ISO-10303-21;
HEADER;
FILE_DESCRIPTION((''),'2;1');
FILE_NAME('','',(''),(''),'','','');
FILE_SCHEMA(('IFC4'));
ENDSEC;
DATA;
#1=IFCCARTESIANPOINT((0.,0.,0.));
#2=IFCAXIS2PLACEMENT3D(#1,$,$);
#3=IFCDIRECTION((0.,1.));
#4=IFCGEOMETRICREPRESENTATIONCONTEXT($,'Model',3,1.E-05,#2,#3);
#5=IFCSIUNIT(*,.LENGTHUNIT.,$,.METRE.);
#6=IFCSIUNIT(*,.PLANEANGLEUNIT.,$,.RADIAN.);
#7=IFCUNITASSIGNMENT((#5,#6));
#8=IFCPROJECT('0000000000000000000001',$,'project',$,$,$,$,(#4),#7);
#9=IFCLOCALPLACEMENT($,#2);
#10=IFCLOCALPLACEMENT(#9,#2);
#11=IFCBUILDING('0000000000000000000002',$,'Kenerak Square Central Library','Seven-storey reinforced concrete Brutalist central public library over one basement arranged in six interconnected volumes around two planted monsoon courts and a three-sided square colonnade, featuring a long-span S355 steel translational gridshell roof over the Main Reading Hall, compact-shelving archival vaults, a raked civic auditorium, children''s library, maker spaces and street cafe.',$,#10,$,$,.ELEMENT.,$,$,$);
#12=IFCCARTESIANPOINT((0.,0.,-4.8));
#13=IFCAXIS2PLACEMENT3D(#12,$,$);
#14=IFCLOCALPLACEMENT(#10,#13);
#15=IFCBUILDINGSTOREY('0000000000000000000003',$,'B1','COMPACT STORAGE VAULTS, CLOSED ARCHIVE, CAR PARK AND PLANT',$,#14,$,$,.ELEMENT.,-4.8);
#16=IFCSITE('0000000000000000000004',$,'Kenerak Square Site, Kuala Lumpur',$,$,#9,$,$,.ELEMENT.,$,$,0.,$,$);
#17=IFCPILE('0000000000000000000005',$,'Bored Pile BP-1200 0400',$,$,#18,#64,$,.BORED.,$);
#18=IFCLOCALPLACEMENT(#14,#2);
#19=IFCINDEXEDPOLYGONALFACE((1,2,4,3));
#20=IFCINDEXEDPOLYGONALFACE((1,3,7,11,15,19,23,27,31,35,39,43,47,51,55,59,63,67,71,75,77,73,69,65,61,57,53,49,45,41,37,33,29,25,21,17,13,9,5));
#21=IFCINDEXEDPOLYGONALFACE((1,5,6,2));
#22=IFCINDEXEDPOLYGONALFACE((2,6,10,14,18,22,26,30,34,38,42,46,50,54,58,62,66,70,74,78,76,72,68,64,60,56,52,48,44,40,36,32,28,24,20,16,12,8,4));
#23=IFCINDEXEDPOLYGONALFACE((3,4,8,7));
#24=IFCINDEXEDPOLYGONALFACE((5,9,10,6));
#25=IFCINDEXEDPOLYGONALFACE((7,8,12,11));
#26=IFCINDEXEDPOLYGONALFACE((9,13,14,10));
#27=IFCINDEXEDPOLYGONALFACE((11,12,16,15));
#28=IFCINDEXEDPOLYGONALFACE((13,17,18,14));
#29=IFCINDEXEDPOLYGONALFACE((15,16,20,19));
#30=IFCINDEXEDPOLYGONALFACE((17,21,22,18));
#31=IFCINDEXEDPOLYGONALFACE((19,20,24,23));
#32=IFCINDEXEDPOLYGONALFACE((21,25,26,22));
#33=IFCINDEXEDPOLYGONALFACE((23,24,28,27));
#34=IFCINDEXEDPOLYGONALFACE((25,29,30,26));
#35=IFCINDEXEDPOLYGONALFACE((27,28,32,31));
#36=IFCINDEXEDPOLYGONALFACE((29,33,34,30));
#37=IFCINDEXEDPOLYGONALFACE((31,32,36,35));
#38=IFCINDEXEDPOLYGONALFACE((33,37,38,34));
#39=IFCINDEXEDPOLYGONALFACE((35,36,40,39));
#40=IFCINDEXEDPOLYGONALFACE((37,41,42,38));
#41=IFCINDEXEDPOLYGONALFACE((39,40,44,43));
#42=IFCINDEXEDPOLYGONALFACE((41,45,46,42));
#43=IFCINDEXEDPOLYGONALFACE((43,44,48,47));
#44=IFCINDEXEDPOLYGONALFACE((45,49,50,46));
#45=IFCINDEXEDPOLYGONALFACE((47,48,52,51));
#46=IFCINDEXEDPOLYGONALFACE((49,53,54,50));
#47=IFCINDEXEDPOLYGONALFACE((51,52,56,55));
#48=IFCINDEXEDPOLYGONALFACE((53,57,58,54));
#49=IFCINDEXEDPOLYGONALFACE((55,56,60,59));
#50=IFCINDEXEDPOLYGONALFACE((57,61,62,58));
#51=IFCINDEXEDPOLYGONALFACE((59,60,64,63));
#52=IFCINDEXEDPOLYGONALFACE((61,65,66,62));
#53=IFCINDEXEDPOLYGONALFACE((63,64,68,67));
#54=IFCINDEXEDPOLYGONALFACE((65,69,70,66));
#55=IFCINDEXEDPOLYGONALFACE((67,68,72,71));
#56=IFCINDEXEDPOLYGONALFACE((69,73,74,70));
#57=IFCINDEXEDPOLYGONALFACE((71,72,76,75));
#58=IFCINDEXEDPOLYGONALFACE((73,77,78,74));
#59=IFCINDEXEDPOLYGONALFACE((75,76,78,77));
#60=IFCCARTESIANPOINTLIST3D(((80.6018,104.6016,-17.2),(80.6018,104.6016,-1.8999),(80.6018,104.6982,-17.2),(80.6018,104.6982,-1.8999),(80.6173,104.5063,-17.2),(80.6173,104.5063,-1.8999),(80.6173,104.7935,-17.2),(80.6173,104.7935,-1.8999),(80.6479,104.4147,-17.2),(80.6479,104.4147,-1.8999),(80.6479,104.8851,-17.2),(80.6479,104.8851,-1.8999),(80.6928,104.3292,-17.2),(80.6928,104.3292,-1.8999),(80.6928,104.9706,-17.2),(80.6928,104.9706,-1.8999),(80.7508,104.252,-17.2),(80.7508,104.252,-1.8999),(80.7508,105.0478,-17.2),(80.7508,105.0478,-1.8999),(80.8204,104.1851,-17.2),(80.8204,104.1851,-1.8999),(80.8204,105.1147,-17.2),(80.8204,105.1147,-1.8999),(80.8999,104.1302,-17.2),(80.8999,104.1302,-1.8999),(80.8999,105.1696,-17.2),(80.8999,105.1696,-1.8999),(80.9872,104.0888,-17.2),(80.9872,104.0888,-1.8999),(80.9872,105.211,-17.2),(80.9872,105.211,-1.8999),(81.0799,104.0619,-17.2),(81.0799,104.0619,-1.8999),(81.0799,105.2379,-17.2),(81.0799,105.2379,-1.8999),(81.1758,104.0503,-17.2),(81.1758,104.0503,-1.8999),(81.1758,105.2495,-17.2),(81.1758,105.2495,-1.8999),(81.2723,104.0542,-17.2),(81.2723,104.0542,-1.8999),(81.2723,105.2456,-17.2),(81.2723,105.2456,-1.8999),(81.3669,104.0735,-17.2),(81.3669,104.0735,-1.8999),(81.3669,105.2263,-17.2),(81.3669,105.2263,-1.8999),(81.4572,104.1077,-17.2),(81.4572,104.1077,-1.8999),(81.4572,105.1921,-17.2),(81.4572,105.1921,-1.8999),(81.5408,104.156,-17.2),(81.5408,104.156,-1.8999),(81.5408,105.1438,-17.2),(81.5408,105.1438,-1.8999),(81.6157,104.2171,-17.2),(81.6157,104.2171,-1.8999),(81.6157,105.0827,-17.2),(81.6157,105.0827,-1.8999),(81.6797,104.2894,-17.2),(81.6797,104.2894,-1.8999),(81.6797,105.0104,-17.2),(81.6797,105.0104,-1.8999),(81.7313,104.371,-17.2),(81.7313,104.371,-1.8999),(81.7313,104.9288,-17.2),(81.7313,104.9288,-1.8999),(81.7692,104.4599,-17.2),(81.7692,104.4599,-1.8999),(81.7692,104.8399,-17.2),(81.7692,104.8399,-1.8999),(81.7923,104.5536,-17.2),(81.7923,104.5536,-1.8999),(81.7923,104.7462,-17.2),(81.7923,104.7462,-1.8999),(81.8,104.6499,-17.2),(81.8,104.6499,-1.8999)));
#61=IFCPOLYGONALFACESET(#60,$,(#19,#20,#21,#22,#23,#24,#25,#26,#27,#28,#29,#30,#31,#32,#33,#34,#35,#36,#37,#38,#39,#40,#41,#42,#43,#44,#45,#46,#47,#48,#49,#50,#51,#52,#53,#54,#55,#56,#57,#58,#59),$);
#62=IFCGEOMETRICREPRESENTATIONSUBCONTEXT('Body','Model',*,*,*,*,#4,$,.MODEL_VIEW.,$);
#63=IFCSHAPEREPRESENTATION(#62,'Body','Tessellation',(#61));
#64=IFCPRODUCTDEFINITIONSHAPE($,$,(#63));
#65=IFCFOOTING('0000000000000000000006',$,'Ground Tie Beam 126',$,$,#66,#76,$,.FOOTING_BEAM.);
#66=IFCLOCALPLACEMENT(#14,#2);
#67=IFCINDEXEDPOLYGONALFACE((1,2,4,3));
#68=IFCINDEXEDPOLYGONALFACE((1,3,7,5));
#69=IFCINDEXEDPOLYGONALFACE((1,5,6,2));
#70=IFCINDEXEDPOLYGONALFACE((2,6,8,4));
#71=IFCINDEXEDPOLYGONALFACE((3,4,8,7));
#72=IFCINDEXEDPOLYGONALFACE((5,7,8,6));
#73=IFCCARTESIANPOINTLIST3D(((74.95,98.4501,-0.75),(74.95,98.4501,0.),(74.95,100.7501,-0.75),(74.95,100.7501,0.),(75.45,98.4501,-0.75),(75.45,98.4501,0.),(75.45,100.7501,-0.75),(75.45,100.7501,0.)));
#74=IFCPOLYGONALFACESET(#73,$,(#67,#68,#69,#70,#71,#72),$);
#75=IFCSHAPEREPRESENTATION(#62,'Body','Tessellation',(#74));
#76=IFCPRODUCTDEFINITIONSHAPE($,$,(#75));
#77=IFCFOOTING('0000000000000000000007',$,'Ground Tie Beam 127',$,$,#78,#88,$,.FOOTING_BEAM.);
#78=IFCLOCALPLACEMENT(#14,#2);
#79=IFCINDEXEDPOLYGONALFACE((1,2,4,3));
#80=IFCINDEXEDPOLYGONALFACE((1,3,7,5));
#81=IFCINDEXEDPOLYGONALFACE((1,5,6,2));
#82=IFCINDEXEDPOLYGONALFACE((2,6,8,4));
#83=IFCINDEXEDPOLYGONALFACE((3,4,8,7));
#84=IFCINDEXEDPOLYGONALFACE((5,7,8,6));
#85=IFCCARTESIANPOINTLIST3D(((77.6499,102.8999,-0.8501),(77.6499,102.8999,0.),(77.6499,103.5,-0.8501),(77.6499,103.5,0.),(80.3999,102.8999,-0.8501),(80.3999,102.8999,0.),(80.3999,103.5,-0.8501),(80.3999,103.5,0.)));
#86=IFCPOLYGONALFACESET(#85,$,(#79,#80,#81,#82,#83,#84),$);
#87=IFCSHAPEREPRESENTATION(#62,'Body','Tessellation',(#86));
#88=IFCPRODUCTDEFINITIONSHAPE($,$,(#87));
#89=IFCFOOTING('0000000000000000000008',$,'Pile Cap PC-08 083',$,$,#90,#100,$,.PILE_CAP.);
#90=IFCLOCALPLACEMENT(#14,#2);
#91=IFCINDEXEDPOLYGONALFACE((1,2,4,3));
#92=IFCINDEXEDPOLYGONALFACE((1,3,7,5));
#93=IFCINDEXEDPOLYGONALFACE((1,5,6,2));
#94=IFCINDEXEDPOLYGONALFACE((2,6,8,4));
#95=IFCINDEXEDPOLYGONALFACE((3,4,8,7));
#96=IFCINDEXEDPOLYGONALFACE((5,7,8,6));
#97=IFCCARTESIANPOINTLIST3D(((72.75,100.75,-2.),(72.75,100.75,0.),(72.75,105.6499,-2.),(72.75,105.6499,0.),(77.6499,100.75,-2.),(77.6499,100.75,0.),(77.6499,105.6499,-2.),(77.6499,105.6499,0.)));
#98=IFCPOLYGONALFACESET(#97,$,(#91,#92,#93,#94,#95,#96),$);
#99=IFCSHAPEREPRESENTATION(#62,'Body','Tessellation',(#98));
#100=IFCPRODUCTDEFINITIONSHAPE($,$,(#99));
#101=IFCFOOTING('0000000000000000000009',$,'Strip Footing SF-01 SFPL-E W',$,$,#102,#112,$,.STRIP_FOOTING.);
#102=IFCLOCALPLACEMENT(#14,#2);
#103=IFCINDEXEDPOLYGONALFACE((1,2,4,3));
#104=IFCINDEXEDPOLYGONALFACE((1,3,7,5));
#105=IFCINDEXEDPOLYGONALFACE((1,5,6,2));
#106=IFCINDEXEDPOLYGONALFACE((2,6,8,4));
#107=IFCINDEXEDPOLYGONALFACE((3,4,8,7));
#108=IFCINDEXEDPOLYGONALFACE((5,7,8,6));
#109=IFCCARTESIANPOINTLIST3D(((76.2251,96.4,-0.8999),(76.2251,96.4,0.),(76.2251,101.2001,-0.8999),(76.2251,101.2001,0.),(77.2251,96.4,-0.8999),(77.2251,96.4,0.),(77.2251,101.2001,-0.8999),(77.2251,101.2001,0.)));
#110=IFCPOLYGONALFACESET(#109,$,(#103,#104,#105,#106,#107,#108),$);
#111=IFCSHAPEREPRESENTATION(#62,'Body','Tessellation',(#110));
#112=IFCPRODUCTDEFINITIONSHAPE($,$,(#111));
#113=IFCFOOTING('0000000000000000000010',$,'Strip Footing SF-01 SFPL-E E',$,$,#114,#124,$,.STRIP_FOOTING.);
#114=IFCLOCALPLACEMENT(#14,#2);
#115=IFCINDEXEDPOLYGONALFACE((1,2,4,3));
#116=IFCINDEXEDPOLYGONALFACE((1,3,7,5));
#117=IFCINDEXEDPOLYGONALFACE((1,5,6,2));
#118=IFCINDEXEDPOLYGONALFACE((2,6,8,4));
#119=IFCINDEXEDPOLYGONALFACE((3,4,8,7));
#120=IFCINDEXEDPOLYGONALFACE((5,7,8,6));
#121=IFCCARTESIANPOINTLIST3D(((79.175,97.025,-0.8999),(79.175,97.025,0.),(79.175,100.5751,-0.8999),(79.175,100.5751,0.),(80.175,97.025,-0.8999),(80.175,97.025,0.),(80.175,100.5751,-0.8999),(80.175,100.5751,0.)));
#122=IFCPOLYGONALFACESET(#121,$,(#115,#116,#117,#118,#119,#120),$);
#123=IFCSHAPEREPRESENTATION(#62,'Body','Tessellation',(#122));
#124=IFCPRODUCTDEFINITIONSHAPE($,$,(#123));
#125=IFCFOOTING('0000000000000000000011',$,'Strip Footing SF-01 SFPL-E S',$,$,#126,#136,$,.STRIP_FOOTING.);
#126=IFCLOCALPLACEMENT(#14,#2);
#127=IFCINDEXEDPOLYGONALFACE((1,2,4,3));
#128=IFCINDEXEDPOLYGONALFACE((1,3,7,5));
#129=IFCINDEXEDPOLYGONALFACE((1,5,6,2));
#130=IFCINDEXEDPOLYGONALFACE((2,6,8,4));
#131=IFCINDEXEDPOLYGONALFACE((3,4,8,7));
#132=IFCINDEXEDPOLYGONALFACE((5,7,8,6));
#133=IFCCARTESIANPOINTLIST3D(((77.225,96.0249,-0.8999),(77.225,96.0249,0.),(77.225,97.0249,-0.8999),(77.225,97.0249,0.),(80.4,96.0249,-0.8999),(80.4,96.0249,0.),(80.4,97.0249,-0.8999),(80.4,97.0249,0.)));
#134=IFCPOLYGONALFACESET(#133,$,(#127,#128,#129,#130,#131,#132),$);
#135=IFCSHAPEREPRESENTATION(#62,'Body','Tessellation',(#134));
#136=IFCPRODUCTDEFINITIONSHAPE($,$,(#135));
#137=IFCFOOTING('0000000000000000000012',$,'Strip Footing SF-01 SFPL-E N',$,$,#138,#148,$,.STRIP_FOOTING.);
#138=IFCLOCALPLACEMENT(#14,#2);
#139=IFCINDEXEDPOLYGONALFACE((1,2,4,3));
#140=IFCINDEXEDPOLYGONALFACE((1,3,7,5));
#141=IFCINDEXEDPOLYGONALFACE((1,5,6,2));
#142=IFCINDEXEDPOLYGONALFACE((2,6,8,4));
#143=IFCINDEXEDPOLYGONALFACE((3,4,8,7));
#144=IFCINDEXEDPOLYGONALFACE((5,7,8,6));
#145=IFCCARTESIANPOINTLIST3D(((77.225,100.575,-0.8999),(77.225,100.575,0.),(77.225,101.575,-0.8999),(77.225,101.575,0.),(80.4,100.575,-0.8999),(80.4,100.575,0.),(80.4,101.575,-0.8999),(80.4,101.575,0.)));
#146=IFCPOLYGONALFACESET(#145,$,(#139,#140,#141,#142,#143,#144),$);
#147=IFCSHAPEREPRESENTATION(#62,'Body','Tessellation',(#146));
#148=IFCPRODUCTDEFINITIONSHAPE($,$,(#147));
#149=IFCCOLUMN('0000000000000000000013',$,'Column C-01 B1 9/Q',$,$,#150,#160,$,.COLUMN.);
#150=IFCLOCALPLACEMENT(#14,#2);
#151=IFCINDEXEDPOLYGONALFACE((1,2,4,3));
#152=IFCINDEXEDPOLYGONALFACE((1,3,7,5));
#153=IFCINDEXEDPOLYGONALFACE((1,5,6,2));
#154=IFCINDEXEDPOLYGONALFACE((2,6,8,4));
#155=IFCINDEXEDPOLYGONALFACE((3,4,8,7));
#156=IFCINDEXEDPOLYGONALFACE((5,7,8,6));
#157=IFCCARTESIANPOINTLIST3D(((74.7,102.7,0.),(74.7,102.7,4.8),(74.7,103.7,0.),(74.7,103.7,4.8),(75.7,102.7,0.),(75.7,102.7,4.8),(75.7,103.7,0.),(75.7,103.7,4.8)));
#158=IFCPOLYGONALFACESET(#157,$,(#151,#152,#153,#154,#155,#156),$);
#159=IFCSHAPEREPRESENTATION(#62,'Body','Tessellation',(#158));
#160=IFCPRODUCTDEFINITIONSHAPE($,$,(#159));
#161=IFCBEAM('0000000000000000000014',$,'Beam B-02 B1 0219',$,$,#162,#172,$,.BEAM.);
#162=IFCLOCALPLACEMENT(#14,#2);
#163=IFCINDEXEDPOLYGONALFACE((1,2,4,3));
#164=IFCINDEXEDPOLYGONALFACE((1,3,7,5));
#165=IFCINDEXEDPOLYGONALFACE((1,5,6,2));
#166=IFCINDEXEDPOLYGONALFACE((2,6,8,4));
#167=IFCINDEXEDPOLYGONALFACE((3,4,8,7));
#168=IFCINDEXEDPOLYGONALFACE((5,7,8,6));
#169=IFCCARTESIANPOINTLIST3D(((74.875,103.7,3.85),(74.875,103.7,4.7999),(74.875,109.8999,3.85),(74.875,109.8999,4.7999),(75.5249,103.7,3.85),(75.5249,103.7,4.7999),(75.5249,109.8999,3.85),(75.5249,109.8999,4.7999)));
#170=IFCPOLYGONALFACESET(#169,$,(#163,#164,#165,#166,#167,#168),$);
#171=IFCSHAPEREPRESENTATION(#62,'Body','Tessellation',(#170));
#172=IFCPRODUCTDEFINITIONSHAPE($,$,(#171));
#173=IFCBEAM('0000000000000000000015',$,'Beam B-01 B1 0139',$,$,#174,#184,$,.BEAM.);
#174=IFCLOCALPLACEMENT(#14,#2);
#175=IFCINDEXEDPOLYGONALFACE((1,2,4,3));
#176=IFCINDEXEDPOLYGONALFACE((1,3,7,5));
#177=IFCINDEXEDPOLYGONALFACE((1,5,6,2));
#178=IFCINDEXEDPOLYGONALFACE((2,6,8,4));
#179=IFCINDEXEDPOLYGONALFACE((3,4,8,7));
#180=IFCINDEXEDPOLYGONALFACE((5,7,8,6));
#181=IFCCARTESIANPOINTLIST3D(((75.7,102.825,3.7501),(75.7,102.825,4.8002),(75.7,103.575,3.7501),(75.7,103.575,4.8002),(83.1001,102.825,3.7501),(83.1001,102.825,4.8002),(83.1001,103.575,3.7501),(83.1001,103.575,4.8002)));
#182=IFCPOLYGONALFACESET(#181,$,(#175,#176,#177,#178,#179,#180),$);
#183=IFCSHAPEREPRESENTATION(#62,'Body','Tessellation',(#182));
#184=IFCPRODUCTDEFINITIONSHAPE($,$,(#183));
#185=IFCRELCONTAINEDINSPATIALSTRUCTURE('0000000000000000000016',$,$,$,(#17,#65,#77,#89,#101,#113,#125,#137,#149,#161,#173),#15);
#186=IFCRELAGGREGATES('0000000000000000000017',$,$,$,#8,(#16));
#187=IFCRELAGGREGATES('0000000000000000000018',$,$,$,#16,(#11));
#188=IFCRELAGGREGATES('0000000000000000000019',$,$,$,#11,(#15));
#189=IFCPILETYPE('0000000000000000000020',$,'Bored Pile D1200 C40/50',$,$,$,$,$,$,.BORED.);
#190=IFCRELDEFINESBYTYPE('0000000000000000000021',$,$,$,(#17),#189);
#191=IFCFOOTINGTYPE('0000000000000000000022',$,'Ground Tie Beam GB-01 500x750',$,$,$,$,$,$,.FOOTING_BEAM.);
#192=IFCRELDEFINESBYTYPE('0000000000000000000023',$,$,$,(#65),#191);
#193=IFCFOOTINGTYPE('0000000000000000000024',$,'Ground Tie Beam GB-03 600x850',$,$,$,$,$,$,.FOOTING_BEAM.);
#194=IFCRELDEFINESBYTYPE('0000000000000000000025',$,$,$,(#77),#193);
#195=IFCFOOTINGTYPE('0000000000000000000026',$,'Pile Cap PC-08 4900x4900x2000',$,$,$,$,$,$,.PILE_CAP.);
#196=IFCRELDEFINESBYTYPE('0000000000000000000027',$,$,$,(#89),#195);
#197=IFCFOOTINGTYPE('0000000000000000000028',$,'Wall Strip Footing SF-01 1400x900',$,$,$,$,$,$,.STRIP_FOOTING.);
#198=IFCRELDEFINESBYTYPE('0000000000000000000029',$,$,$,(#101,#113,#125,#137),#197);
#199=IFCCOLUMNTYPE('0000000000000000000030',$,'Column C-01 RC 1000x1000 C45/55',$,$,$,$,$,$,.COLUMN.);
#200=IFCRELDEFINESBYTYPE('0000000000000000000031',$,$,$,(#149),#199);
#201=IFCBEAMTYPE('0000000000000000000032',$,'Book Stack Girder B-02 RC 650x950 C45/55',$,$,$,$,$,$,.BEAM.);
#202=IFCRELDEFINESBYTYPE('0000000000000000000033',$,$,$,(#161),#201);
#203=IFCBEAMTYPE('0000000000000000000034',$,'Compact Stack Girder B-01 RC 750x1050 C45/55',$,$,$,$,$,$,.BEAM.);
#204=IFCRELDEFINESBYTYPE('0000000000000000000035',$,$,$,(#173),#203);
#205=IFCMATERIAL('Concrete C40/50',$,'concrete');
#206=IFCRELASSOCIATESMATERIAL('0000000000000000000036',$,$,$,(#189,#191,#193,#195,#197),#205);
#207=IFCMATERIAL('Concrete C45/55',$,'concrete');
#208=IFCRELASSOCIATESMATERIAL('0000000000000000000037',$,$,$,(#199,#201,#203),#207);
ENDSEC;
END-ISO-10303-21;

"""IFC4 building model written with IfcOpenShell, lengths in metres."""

from ifc_helpers import new_model, si_unit, direction, frame, origin, origin_2d, place, context, subcontext, project, spatial, rectangle, circle, extrude, material, material_profile, profile_set, type_object, element, save


model = new_model("IFC4")

# Units and contexts
model_context = context("Model", 3, precision=1e-05, world=origin(), true_north=direction((0.0, 1.0)))
body_context = subcontext(model_context, "Body", "Model", "MODEL_VIEW")
ifc_project = project(units=[si_unit("LENGTHUNIT", "METRE"), si_unit("PLANEANGLEUNIT", "RADIAN")], contexts=[model_context])

# Site, building, storey
site_placement = place(None, origin())
site = spatial("IfcSite", under=ifc_project, at=site_placement, Name="Kenerak Square Site, Kuala Lumpur", CompositionType="ELEMENT", RefElevation=0.0)
building_placement = place(site_placement, origin())
building = spatial("IfcBuilding", under=site, at=building_placement, Name="Kenerak Square Central Library", Description="Seven-storey reinforced concrete Brutalist central public library over one basement arranged in six interconnected volumes around two planted monsoon courts and a three-sided square colonnade, featuring a long-span S355 steel translational gridshell roof over the Main Reading Hall, compact-shelving archival vaults, a raked civic auditorium, children's library, maker spaces and street cafe.", CompositionType="ELEMENT")
storey_placement = place(building_placement, frame((0.0, 0.0, -4.8)))
storey = spatial("IfcBuildingStorey", under=building, at=storey_placement, Name="B1", Description="COMPACT STORAGE VAULTS, CLOSED ARCHIVE, CAR PARK AND PLANT", CompositionType="ELEMENT", Elevation=-4.8)

# Pile
ifc_material_1 = material(Name="Concrete C40/50", Category="concrete")
ifc_material_profile_1 = material_profile(ifc_material_1, circle(Radius=0.6001, at=origin_2d()), Name="BP D1200")
ifc_profile_set_1 = profile_set([ifc_material_profile_1], Name="Concrete C40/50")
pile_type = type_object("IfcPileType", Name="Bored Pile D1200 C40/50", PredefinedType="BORED", material=ifc_profile_set_1)
for number, where, z_axis, x_axis, name in (
    (1, (81.2, 104.6499, -1.8999), (0.0, 0.0, -1.0), (1.0, 0.0, 0.0), "Bored Pile BP-1200 0400"),
):
    element("IfcPile", number, at=place(storey_placement, frame(where, z_axis=z_axis, x_axis=x_axis)), inside=storey, type_object=pile_type, Name=name, PredefinedType="BORED", context=body_context, shape_type="SweptSolid", body=[
        extrude(circle(Radius=0.6001, at=origin_2d()), origin(), (0.0, 0.0, 1.0), 15.3),
    ])

# Footings
footing_type_1 = type_object("IfcFootingType", Name="Ground Tie Beam GB-01 500x750", PredefinedType="FOOTING_BEAM", material=ifc_material_1)
footing_1_placement = place(storey_placement, frame((75.2, 99.6001, -0.75), z_axis=(0.0, 0.0, 1.0), x_axis=(1.0, 0.0, 0.0)))
element("IfcFooting", 2, at=footing_1_placement, inside=storey, type_object=footing_type_1, Name="Ground Tie Beam 126", PredefinedType="FOOTING_BEAM", context=body_context, shape_type="SweptSolid", body=[
    extrude(rectangle(XDim=0.5, YDim=2.3, at=origin_2d()), origin(), (0.0, 0.0, 1.0), 0.75),
])
footing_type_2 = type_object("IfcFootingType", Name="Ground Tie Beam GB-03 600x850", PredefinedType="FOOTING_BEAM", material=ifc_material_1)
footing_2_placement = place(storey_placement, frame((79.0249, 103.2, -0.8501), z_axis=(0.0, 0.0, 1.0), x_axis=(1.0, 0.0, 0.0)))
element("IfcFooting", 3, at=footing_2_placement, inside=storey, type_object=footing_type_2, Name="Ground Tie Beam 127", PredefinedType="FOOTING_BEAM", context=body_context, shape_type="SweptSolid", body=[
    extrude(rectangle(XDim=2.75, YDim=0.6001, at=origin_2d()), origin(), (0.0, 0.0, 1.0), 0.8501),
])
footing_type_3 = type_object("IfcFootingType", Name="Pile Cap PC-08 4900x4900x2000", PredefinedType="PILE_CAP", material=ifc_material_1)
footing_3_placement = place(storey_placement, frame((75.2, 103.2, -2.0), z_axis=(0.0, 0.0, 1.0), x_axis=(1.0, 0.0, 0.0)))
element("IfcFooting", 4, at=footing_3_placement, inside=storey, type_object=footing_type_3, Name="Pile Cap PC-08 083", PredefinedType="PILE_CAP", context=body_context, shape_type="SweptSolid", body=[
    extrude(rectangle(XDim=4.8999, YDim=4.8999, at=origin_2d()), origin(), (0.0, 0.0, 1.0), 2.0),
])
footing_type_4 = type_object("IfcFootingType", Name="Wall Strip Footing SF-01 1400x900", PredefinedType="STRIP_FOOTING", material=ifc_material_1)
footing_4_placement = place(storey_placement, frame((76.7251, 98.8, -0.8999), z_axis=(0.0, 0.0, 1.0), x_axis=(1.0, 0.0, 0.0)))
element("IfcFooting", 5, at=footing_4_placement, inside=storey, type_object=footing_type_4, Name="Strip Footing SF-01 SFPL-E W", PredefinedType="STRIP_FOOTING", context=body_context, shape_type="SweptSolid", body=[
    extrude(rectangle(XDim=1.0, YDim=4.8, at=origin_2d()), origin(), (0.0, 0.0, 1.0), 0.8999),
])
footing_5_placement = place(storey_placement, frame((79.675, 98.8, -0.8999), z_axis=(0.0, 0.0, 1.0), x_axis=(1.0, 0.0, 0.0)))
element("IfcFooting", 6, at=footing_5_placement, inside=storey, type_object=footing_type_4, Name="Strip Footing SF-01 SFPL-E E", PredefinedType="STRIP_FOOTING", context=body_context, shape_type="SweptSolid", body=[
    extrude(rectangle(XDim=1.0, YDim=3.55, at=origin_2d()), origin(), (0.0, 0.0, 1.0), 0.8999),
])
for number, where, z_axis, x_axis, name in (
    (7, (78.8125, 96.5249, -0.8999), (0.0, 0.0, 1.0), (1.0, 0.0, 0.0), "Strip Footing SF-01 SFPL-E S"),
    (8, (78.8125, 101.075, -0.8999), (0.0, 0.0, 1.0), (1.0, 0.0, 0.0), "Strip Footing SF-01 SFPL-E N"),
):
    element("IfcFooting", number, at=place(storey_placement, frame(where, z_axis=z_axis, x_axis=x_axis)), inside=storey, type_object=footing_type_4, Name=name, PredefinedType="STRIP_FOOTING", context=body_context, shape_type="SweptSolid", body=[
        extrude(rectangle(XDim=3.175, YDim=1.0, at=origin_2d()), origin(), (0.0, 0.0, 1.0), 0.8999),
    ])

# Column
ifc_material_2 = material(Name="Concrete C45/55", Category="concrete")
ifc_material_profile_2 = material_profile(ifc_material_2, rectangle(XDim=1.0, YDim=1.0, at=origin_2d()), Name="RC 1000x1000")
ifc_profile_set_2 = profile_set([ifc_material_profile_2], Name="Concrete C45/55")
column_type = type_object("IfcColumnType", Name="Column C-01 RC 1000x1000 C45/55", PredefinedType="COLUMN", material=ifc_profile_set_2)
column_placement = place(storey_placement, frame((75.2, 103.2, 0.0), z_axis=(0.0, 0.0, 1.0), x_axis=(1.0, 0.0, 0.0)))
element("IfcColumn", 9, at=column_placement, inside=storey, type_object=column_type, Name="Column C-01 B1 9/Q", PredefinedType="COLUMN", context=body_context, shape_type="SweptSolid", body=[
    extrude(rectangle(XDim=1.0, YDim=1.0, at=origin_2d()), origin(), (0.0, 0.0, 1.0), 4.8),
])

# Beams
ifc_material_profile_3 = material_profile(ifc_material_2, rectangle(XDim=0.6499, YDim=0.95, at=origin_2d()), Name="RC 650x950")
ifc_profile_set_3 = profile_set([ifc_material_profile_3], Name="Concrete C45/55")
beam_type_1 = type_object("IfcBeamType", Name="Book Stack Girder B-02 RC 650x950 C45/55", PredefinedType="BEAM", material=ifc_profile_set_3)
beam_1_placement = place(storey_placement, frame((75.2, 103.7, 4.325), z_axis=(0.0, 1.0, 0.0), x_axis=(-1.0, 0.0, 0.0)))
element("IfcBeam", 10, at=beam_1_placement, inside=storey, type_object=beam_type_1, Name="Beam B-02 B1 0219", PredefinedType="BEAM", context=body_context, shape_type="SweptSolid", body=[
    extrude(rectangle(XDim=0.6499, YDim=0.95, at=origin_2d()), origin(), (0.0, 0.0, 1.0), 6.2),
])
ifc_material_profile_4 = material_profile(ifc_material_2, rectangle(XDim=0.75, YDim=1.05, at=origin_2d()), Name="RC 750x1050")
ifc_profile_set_4 = profile_set([ifc_material_profile_4], Name="Concrete C45/55")
beam_type_2 = type_object("IfcBeamType", Name="Compact Stack Girder B-01 RC 750x1050 C45/55", PredefinedType="BEAM", material=ifc_profile_set_4)
beam_2_placement = place(storey_placement, frame((75.7, 103.2, 4.2751), z_axis=(1.0, 0.0, 0.0), x_axis=(0.0, 1.0, 0.0)))
element("IfcBeam", 11, at=beam_2_placement, inside=storey, type_object=beam_type_2, Name="Beam B-01 B1 0139", PredefinedType="BEAM", context=body_context, shape_type="SweptSolid", body=[
    extrude(rectangle(XDim=0.75, YDim=1.05, at=origin_2d()), origin(), (0.0, 0.0, 1.0), 7.4001),
])

save(model, "model.ifc")
